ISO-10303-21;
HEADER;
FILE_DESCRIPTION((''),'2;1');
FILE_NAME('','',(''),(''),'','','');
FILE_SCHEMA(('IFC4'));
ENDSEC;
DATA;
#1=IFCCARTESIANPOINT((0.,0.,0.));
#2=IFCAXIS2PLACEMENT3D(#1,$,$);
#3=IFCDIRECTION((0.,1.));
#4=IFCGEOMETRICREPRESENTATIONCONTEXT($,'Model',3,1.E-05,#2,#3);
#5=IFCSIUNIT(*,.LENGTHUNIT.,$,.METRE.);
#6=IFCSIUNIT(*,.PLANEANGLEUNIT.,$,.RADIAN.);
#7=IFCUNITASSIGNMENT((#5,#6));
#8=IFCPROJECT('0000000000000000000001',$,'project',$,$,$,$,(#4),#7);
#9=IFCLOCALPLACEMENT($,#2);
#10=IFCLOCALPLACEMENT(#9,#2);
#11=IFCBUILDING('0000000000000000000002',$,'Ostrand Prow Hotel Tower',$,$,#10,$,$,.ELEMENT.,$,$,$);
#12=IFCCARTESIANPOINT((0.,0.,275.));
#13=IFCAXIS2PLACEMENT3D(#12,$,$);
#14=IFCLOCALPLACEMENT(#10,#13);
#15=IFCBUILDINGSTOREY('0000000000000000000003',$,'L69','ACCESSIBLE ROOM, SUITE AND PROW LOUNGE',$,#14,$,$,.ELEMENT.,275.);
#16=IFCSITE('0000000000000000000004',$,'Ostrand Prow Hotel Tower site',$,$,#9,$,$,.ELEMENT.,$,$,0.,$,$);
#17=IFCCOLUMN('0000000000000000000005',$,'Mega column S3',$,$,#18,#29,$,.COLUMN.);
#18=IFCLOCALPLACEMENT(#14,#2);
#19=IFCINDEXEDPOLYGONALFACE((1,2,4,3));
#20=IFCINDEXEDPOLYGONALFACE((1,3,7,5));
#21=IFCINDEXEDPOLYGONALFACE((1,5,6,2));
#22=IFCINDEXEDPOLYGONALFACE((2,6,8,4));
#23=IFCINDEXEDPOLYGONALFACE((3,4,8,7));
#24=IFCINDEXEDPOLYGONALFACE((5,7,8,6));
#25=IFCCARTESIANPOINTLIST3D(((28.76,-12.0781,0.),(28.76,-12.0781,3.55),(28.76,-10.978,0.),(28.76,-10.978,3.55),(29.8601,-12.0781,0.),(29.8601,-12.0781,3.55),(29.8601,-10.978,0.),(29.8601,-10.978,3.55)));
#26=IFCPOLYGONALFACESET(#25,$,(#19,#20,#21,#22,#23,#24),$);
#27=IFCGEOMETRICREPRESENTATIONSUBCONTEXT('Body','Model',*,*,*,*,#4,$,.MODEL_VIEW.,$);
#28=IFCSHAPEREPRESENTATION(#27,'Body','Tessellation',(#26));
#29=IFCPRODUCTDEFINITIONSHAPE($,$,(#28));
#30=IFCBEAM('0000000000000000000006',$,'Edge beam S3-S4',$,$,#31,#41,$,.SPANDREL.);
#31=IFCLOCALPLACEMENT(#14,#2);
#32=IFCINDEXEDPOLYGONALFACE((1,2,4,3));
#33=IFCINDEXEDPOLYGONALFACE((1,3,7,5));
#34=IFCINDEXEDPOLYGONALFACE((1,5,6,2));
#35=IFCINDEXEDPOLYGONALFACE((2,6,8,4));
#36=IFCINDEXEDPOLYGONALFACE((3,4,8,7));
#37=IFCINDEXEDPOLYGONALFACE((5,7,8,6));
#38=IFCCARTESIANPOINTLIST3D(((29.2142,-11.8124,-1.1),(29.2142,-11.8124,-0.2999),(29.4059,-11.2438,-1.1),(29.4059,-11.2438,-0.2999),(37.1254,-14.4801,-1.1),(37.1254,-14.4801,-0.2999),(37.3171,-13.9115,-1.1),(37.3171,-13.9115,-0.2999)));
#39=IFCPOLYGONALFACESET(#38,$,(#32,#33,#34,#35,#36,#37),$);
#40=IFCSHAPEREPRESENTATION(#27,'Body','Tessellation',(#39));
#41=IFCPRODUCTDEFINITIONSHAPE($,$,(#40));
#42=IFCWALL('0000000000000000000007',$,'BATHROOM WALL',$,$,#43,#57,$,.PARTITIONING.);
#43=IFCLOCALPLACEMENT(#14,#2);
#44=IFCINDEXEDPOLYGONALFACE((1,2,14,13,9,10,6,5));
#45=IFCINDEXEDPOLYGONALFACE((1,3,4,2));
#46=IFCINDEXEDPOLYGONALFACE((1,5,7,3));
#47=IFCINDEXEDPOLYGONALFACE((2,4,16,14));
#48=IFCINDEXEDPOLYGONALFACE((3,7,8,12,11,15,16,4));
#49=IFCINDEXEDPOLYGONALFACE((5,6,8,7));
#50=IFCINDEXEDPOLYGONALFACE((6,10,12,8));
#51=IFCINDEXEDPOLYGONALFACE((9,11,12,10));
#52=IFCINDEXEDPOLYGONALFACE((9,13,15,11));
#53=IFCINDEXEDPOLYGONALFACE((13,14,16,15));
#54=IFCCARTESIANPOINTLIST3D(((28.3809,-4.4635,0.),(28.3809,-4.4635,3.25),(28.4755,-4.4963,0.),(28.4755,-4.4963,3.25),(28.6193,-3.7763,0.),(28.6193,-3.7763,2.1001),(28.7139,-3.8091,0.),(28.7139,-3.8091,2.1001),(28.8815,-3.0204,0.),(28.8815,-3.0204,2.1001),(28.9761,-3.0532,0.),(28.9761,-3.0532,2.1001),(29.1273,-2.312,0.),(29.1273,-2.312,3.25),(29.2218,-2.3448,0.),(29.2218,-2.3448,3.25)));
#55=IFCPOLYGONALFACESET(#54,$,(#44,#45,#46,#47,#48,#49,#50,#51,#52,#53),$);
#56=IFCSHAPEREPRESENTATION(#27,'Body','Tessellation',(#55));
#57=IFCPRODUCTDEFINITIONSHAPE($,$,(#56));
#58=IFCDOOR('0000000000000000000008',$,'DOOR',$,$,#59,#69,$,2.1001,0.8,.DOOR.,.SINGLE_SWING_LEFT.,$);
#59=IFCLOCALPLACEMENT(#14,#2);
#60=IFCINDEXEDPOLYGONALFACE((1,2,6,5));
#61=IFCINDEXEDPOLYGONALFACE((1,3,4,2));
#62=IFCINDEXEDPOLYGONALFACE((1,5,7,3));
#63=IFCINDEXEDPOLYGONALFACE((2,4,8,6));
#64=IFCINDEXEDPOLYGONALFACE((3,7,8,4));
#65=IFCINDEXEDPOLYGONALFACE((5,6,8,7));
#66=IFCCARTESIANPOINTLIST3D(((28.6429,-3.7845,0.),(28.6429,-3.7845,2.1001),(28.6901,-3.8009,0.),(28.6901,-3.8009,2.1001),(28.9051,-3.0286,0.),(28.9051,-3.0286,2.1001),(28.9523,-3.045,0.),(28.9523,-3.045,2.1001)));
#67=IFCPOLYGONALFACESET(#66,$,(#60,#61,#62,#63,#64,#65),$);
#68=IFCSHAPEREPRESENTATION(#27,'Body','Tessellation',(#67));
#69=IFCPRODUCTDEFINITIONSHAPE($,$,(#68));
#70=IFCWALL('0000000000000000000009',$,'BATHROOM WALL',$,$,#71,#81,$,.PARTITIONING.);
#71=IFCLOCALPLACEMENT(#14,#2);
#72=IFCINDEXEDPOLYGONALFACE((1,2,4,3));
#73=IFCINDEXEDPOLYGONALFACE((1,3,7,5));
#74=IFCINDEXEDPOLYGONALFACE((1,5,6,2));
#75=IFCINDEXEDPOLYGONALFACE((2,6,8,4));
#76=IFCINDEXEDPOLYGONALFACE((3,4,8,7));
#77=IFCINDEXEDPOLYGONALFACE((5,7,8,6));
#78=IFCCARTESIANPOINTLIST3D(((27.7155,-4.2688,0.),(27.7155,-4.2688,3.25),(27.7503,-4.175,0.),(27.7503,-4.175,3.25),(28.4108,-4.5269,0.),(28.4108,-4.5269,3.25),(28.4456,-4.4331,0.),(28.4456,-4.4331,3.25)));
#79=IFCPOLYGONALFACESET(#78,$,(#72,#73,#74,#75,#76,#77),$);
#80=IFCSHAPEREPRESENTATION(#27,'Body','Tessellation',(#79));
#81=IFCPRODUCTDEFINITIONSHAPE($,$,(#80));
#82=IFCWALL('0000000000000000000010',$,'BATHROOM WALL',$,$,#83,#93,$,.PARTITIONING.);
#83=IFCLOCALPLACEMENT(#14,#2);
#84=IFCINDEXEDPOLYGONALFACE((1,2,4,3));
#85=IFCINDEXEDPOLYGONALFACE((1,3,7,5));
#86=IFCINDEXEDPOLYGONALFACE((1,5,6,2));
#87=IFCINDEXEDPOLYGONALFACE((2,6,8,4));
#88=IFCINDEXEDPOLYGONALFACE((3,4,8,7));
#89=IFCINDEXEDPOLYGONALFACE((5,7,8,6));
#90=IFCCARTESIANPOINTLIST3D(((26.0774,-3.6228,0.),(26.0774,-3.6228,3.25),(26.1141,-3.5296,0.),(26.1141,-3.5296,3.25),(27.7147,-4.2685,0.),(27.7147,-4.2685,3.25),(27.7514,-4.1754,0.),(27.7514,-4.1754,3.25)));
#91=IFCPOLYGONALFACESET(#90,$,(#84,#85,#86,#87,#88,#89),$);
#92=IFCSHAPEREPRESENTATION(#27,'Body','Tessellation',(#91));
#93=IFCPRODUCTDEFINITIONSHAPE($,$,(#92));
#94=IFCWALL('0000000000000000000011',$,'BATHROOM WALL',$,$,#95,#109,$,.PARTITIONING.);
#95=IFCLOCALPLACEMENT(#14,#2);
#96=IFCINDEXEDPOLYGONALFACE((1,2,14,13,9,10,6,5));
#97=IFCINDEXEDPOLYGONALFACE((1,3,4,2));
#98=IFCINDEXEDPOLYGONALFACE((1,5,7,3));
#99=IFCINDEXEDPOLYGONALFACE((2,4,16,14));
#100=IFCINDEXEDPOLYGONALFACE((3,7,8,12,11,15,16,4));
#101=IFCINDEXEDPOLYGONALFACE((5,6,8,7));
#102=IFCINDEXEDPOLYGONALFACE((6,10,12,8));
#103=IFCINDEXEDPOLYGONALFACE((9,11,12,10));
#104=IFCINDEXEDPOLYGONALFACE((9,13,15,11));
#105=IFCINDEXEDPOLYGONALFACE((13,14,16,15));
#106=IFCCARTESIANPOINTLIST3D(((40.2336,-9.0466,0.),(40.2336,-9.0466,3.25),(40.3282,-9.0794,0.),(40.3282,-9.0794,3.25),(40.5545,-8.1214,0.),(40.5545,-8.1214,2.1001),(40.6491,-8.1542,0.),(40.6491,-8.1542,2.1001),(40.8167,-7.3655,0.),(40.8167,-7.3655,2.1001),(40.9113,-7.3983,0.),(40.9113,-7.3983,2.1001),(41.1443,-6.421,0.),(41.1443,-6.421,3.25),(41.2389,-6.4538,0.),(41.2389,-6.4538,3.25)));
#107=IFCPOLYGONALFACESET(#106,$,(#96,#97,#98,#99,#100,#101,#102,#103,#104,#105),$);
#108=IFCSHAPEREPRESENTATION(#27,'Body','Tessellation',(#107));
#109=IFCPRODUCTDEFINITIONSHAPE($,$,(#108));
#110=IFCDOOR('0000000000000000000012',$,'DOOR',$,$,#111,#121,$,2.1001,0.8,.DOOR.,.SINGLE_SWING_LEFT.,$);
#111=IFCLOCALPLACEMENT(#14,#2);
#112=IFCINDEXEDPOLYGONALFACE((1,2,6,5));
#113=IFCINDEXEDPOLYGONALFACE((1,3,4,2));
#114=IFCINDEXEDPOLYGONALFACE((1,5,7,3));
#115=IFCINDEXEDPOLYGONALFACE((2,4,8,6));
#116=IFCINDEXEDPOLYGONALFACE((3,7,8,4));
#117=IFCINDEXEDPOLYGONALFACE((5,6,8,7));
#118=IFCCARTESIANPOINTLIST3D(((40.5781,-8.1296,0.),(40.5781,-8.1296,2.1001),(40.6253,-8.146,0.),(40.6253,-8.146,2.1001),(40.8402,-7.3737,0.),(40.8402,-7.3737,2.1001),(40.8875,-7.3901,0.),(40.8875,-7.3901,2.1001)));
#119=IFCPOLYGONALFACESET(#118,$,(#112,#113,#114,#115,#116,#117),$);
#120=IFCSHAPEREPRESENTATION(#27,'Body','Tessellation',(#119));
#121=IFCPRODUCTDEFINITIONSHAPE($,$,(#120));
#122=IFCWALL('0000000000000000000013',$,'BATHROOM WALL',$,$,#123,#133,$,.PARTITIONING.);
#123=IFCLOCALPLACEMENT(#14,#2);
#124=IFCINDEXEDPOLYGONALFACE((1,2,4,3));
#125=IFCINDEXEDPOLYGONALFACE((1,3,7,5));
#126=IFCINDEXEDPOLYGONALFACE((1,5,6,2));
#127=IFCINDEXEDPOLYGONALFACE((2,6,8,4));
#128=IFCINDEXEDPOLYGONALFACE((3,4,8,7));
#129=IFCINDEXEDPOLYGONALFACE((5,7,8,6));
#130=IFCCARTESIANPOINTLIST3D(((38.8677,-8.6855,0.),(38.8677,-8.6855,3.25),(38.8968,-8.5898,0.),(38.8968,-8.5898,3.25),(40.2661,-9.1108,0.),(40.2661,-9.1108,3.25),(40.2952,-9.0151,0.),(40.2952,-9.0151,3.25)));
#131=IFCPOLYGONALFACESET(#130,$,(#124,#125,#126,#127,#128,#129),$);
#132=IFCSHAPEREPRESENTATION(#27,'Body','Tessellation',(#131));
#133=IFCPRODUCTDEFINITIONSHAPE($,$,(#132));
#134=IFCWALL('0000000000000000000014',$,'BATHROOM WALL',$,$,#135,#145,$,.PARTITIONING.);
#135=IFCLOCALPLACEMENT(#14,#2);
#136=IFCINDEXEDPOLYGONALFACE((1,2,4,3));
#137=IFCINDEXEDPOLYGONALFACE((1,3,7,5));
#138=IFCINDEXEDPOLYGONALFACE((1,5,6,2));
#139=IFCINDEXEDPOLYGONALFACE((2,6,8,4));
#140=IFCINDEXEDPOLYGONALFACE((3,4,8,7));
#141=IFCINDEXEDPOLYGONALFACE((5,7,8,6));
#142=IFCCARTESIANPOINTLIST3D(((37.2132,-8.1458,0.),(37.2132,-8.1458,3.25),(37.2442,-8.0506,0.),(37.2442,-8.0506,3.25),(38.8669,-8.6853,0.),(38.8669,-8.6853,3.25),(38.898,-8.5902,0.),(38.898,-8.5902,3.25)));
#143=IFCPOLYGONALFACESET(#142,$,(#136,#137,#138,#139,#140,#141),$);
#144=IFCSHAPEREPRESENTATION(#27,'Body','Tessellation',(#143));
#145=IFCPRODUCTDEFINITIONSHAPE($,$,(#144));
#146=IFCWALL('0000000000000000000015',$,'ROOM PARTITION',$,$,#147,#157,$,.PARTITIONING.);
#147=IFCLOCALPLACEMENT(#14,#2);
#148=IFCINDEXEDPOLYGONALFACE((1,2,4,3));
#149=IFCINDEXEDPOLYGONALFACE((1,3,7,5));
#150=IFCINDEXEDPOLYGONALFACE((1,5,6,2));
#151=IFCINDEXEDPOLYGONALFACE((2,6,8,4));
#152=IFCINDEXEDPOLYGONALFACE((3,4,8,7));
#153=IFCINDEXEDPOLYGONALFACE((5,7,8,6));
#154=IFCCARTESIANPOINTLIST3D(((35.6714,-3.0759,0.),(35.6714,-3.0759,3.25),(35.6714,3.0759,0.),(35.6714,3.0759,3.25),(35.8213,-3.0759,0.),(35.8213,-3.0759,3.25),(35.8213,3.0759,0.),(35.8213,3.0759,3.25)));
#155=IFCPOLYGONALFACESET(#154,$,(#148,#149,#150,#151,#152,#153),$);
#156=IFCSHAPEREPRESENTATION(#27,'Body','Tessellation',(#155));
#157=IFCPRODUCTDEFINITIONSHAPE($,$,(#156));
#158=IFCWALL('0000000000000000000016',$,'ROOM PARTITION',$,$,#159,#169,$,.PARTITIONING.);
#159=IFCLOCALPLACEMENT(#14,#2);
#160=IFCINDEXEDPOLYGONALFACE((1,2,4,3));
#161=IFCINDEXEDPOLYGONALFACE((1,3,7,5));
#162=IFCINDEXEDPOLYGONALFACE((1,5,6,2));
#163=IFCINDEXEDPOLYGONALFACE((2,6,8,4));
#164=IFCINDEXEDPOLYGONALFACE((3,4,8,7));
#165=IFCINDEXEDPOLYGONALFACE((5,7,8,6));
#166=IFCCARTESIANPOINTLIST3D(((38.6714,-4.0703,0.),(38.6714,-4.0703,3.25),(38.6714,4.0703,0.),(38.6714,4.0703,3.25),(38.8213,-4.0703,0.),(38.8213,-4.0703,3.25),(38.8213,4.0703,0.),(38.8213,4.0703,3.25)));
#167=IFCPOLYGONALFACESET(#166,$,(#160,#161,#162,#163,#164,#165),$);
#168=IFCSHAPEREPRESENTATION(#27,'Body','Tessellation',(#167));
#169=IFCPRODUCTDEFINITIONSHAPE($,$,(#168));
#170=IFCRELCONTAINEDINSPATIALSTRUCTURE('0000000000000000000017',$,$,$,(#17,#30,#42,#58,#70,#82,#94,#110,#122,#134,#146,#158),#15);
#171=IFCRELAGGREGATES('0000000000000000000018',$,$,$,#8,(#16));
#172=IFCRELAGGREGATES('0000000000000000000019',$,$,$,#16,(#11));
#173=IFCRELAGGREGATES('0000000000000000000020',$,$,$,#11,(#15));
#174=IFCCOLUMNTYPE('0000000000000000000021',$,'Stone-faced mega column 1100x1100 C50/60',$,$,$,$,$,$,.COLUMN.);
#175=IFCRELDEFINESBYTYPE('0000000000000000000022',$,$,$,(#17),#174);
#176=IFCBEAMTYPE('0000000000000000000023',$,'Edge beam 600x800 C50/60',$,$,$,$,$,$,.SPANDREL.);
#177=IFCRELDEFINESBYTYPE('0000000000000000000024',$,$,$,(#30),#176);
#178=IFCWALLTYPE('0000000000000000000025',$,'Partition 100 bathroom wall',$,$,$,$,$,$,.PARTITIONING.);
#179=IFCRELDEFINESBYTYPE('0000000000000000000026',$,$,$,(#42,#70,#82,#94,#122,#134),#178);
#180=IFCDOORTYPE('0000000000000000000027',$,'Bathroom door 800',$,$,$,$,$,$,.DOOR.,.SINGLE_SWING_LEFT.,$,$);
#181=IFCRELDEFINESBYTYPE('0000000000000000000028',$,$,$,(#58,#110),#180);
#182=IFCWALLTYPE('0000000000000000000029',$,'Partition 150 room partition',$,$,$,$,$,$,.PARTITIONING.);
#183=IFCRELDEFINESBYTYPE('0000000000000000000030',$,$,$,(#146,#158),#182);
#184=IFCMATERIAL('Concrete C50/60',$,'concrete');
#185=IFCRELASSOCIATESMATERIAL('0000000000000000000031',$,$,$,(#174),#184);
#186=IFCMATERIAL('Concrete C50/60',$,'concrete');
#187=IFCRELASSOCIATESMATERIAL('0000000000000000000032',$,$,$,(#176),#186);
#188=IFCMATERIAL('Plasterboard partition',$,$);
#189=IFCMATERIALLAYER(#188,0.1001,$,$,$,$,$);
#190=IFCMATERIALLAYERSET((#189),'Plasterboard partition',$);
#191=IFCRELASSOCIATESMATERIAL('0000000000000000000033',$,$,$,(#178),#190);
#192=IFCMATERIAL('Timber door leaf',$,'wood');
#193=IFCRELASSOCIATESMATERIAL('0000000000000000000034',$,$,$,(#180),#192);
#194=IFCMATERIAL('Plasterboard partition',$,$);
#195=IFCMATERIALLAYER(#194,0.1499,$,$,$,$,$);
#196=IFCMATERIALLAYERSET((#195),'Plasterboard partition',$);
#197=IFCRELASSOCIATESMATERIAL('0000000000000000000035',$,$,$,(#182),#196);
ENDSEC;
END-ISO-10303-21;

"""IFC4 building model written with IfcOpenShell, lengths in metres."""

from ifc_helpers import new_model, si_unit, direction, frame, frame_2d, origin, origin_2d, place, context, subcontext, project, spatial, rectangle, extrude, material, layer, layer_set, material_profile, profile_set, type_object, element, fill, save


model = new_model("IFC4")

# Units and contexts
model_context = context("Model", 3, precision=1e-05, world=origin(), true_north=direction((0.0, 1.0)))
body_context = subcontext(model_context, "Body", "Model", "MODEL_VIEW")
ifc_project = project(units=[si_unit("LENGTHUNIT", "METRE"), si_unit("PLANEANGLEUNIT", "RADIAN")], contexts=[model_context])

# Site, building, storey
site_placement = place(None, origin())
site = spatial("IfcSite", under=ifc_project, at=site_placement, Name="Ostrand Prow Hotel Tower site", CompositionType="ELEMENT", RefElevation=0.0)
building_placement = place(site_placement, origin())
building = spatial("IfcBuilding", under=site, at=building_placement, Name="Ostrand Prow Hotel Tower", CompositionType="ELEMENT")
storey_placement = place(building_placement, frame((0.0, 0.0, 275.0)))
storey = spatial("IfcBuildingStorey", under=building, at=storey_placement, Name="L69", Description="ACCESSIBLE ROOM, SUITE AND PROW LOUNGE", CompositionType="ELEMENT", Elevation=275.0)

# Column
ifc_material_1 = material(Name="Concrete C50/60", Category="concrete")
ifc_material_profile_1 = material_profile(ifc_material_1, rectangle(XDim=1.1001, YDim=1.1001, at=origin_2d()), Name="RC 1100x1100")
ifc_profile_set_1 = profile_set([ifc_material_profile_1], Name="Concrete C50/60")
column_type = type_object("IfcColumnType", Name="Stone-faced mega column 1100x1100 C50/60", PredefinedType="COLUMN", material=ifc_profile_set_1)
column_placement = place(storey_placement, frame((29.3101, -11.5281, 0.0), z_axis=(0.0, 0.0, 1.0), x_axis=(1.0, 0.0, 0.0)))
element("IfcColumn", 1, at=column_placement, inside=storey, type_object=column_type, Name="Mega column S3", PredefinedType="COLUMN", context=body_context, shape_type="SweptSolid", body=[
    extrude(rectangle(XDim=1.1001, YDim=1.1001, at=origin_2d()), origin(), (0.0, 0.0, 1.0), 3.55),
])

# Beam
ifc_material_2 = material(Name="Concrete C50/60", Category="concrete")
ifc_material_profile_2 = material_profile(ifc_material_2, rectangle(XDim=0.6001, YDim=0.8, at=origin_2d()), Name="RC 600x800")
ifc_profile_set_2 = profile_set([ifc_material_profile_2], Name="Concrete C50/60")
beam_type = type_object("IfcBeamType", Name="Edge beam 600x800 C50/60", PredefinedType="SPANDREL", material=ifc_profile_set_2)
beam_placement = place(storey_placement, frame((29.3101, -11.5281, -0.7), z_axis=(0.947575, -0.319533, 0.0), x_axis=(0.319533, 0.947575, 0.0)))
element("IfcBeam", 2, at=beam_placement, inside=storey, type_object=beam_type, Name="Edge beam S3-S4", PredefinedType="SPANDREL", context=body_context, shape_type="SweptSolid", body=[
    extrude(rectangle(XDim=0.6001, YDim=0.8, at=origin_2d()), origin(), (0.0, 0.0, 1.0), 8.3489),
])

# Wall, opening, door
ifc_material_3 = material(Name="Plasterboard partition")
ifc_layer_1 = layer(ifc_material_3, 0.1001)
ifc_layer_set_1 = layer_set([ifc_layer_1], Name="Plasterboard partition")
wall_type_1 = type_object("IfcWallType", Name="Partition 100 bathroom wall", PredefinedType="PARTITIONING", material=ifc_layer_set_1)
wall_1_placement = place(storey_placement, frame((29.1746, -2.3284, 0.0), z_axis=(0.0, 0.0, 1.0), x_axis=(-0.327718, -0.944776, 0.0)))
wall_1 = element("IfcWall", 3, at=wall_1_placement, inside=storey, type_object=wall_type_1, Name="BATHROOM WALL", PredefinedType="PARTITIONING", context=body_context, shape_type="SweptSolid", body=[
    extrude(rectangle(XDim=2.2773, YDim=0.1001, at=frame_2d((1.1387, 0.0))), origin(), (0.0, 0.0, 1.0), 3.25),
])
opening_1_placement = place(wall_1_placement, frame((0.75, 0.0, 0.0)))
opening_1 = element("IfcOpeningElement", 4, at=opening_1_placement, cuts=wall_1, PredefinedType="OPENING", context=body_context, shape_type="SweptSolid", body=[
    extrude(rectangle(XDim=0.8, YDim=2.1001, at=frame_2d((0.3999, 1.05))), frame((0.0, 0.0601, 0.0), z_axis=(0.0, -1.0, 0.0), x_axis=(1.0, 0.0, 0.0)), (0.0, 0.0, 1.0), 0.1201),
])
ifc_material_4 = material(Name="Timber door leaf", Category="wood")
door_type_1 = type_object("IfcDoorType", Name="Bathroom door 800", OperationType="SINGLE_SWING_LEFT", PredefinedType="DOOR", material=ifc_material_4)
door_1_placement = place(opening_1_placement, origin())
door_1 = element("IfcDoor", 5, at=door_1_placement, inside=storey, type_object=door_type_1, Name="DOOR", OperationType="SINGLE_SWING_LEFT", OverallHeight=2.1001, OverallWidth=0.8, PredefinedType="DOOR", context=body_context, shape_type="SweptSolid", body=[
    extrude(rectangle(XDim=0.8, YDim=2.1001, at=frame_2d((0.3999, 1.05))), frame((0.0, 0.0249, 0.0), z_axis=(0.0, -1.0, 0.0), x_axis=(1.0, 0.0, 0.0)), (0.0, 0.0, 1.0), 0.05),
])
fill(opening_1, door_1)

# Walls
wall_2_placement = place(storey_placement, frame((28.4282, -4.48, 0.0), z_axis=(0.0, 0.0, 1.0), x_axis=(-0.937514, 0.347947, 0.0)))
element("IfcWall", 6, at=wall_2_placement, inside=storey, type_object=wall_type_1, Name="BATHROOM WALL", PredefinedType="PARTITIONING", context=body_context, shape_type="SweptSolid", body=[
    extrude(rectangle(XDim=0.7417, YDim=0.1001, at=frame_2d((0.3708, 0.0))), origin(), (0.0, 0.0, 1.0), 3.25),
])
wall_3_placement = place(storey_placement, frame((27.7329, -4.2219, 0.0), z_axis=(0.0, 0.0, 1.0), x_axis=(-0.930255, 0.366914, 0.0)))
element("IfcWall", 7, at=wall_3_placement, inside=storey, type_object=wall_type_1, Name="BATHROOM WALL", PredefinedType="PARTITIONING", context=body_context, shape_type="SweptSolid", body=[
    extrude(rectangle(XDim=1.76, YDim=0.1001, at=frame_2d((0.8799, 0.0))), origin(), (0.0, 0.0, 1.0), 3.25),
])

# Wall, opening, door
wall_4_placement = place(storey_placement, frame((41.1917, -6.4373, 0.0), z_axis=(0.0, 0.0, 1.0), x_axis=(-0.327696, -0.944783, 0.0)))
wall_4 = element("IfcWall", 8, at=wall_4_placement, inside=storey, type_object=wall_type_1, Name="BATHROOM WALL", PredefinedType="PARTITIONING", context=body_context, shape_type="SweptSolid", body=[
    extrude(rectangle(XDim=2.7791, YDim=0.1001, at=frame_2d((1.3896, 0.0))), origin(), (0.0, 0.0, 1.0), 3.25),
])
opening_2_placement = place(wall_4_placement, frame((1.0, 0.0, 0.0)))
opening_2 = element("IfcOpeningElement", 9, at=opening_2_placement, cuts=wall_4, PredefinedType="OPENING", context=body_context, shape_type="SweptSolid", body=[
    extrude(rectangle(XDim=0.8, YDim=2.1001, at=frame_2d((0.3999, 1.05))), frame((0.0, 0.0601, 0.0), z_axis=(0.0, -1.0, 0.0), x_axis=(1.0, 0.0, 0.0)), (0.0, 0.0, 1.0), 0.1201),
])
door_2_placement = place(opening_2_placement, origin())
door_2 = element("IfcDoor", 10, at=door_2_placement, inside=storey, type_object=door_type_1, Name="DOOR", OperationType="SINGLE_SWING_LEFT", OverallHeight=2.1001, OverallWidth=0.8, PredefinedType="DOOR", context=body_context, shape_type="SweptSolid", body=[
    extrude(rectangle(XDim=0.8, YDim=2.1001, at=frame_2d((0.3999, 1.05))), frame((0.0, 0.0249, 0.0), z_axis=(0.0, -1.0, 0.0), x_axis=(1.0, 0.0, 0.0)), (0.0, 0.0, 1.0), 0.05),
])
fill(opening_2, door_2)

# Walls
wall_5_placement = place(storey_placement, frame((40.2808, -9.063, 0.0), z_axis=(0.0, 0.0, 1.0), x_axis=(-0.956735, 0.290962, 0.0)))
element("IfcWall", 11, at=wall_5_placement, inside=storey, type_object=wall_type_1, Name="BATHROOM WALL", PredefinedType="PARTITIONING", context=body_context, shape_type="SweptSolid", body=[
    extrude(rectangle(XDim=1.4617, YDim=0.1001, at=frame_2d((0.731, 0.0))), origin(), (0.0, 0.0, 1.0), 3.25),
])
wall_6_placement = place(storey_placement, frame((38.8823, -8.6377, 0.0), z_axis=(0.0, 0.0, 1.0), x_axis=(-0.950685, 0.310158, 0.0)))
element("IfcWall", 12, at=wall_6_placement, inside=storey, type_object=wall_type_1, Name="BATHROOM WALL", PredefinedType="PARTITIONING", context=body_context, shape_type="SweptSolid", body=[
    extrude(rectangle(XDim=1.7395, YDim=0.1001, at=frame_2d((0.8696, 0.0))), origin(), (0.0, 0.0, 1.0), 3.25),
])
ifc_material_5 = material(Name="Plasterboard partition")
ifc_layer_2 = layer(ifc_material_5, 0.1499)
ifc_layer_set_2 = layer_set([ifc_layer_2], Name="Plasterboard partition")
wall_type_2 = type_object("IfcWallType", Name="Partition 150 room partition", PredefinedType="PARTITIONING", material=ifc_layer_set_2)
wall_7_placement = place(storey_placement, frame((35.7463, -3.0759, 0.0), z_axis=(0.0, 0.0, 1.0), x_axis=(0.0, 1.0, 0.0)))
element("IfcWall", 13, at=wall_7_placement, inside=storey, type_object=wall_type_2, Name="ROOM PARTITION", PredefinedType="PARTITIONING", context=body_context, shape_type="SweptSolid", body=[
    extrude(rectangle(XDim=6.1519, YDim=0.1499, at=frame_2d((3.0759, 0.0))), origin(), (0.0, 0.0, 1.0), 3.25),
])
wall_8_placement = place(storey_placement, frame((38.7463, -4.0703, 0.0), z_axis=(0.0, 0.0, 1.0), x_axis=(0.0, 1.0, 0.0)))
element("IfcWall", 14, at=wall_8_placement, inside=storey, type_object=wall_type_2, Name="ROOM PARTITION", PredefinedType="PARTITIONING", context=body_context, shape_type="SweptSolid", body=[
    extrude(rectangle(XDim=8.1406, YDim=0.1499, at=frame_2d((4.0703, 0.0))), origin(), (0.0, 0.0, 1.0), 3.25),
])

save(model, "model.ifc")
